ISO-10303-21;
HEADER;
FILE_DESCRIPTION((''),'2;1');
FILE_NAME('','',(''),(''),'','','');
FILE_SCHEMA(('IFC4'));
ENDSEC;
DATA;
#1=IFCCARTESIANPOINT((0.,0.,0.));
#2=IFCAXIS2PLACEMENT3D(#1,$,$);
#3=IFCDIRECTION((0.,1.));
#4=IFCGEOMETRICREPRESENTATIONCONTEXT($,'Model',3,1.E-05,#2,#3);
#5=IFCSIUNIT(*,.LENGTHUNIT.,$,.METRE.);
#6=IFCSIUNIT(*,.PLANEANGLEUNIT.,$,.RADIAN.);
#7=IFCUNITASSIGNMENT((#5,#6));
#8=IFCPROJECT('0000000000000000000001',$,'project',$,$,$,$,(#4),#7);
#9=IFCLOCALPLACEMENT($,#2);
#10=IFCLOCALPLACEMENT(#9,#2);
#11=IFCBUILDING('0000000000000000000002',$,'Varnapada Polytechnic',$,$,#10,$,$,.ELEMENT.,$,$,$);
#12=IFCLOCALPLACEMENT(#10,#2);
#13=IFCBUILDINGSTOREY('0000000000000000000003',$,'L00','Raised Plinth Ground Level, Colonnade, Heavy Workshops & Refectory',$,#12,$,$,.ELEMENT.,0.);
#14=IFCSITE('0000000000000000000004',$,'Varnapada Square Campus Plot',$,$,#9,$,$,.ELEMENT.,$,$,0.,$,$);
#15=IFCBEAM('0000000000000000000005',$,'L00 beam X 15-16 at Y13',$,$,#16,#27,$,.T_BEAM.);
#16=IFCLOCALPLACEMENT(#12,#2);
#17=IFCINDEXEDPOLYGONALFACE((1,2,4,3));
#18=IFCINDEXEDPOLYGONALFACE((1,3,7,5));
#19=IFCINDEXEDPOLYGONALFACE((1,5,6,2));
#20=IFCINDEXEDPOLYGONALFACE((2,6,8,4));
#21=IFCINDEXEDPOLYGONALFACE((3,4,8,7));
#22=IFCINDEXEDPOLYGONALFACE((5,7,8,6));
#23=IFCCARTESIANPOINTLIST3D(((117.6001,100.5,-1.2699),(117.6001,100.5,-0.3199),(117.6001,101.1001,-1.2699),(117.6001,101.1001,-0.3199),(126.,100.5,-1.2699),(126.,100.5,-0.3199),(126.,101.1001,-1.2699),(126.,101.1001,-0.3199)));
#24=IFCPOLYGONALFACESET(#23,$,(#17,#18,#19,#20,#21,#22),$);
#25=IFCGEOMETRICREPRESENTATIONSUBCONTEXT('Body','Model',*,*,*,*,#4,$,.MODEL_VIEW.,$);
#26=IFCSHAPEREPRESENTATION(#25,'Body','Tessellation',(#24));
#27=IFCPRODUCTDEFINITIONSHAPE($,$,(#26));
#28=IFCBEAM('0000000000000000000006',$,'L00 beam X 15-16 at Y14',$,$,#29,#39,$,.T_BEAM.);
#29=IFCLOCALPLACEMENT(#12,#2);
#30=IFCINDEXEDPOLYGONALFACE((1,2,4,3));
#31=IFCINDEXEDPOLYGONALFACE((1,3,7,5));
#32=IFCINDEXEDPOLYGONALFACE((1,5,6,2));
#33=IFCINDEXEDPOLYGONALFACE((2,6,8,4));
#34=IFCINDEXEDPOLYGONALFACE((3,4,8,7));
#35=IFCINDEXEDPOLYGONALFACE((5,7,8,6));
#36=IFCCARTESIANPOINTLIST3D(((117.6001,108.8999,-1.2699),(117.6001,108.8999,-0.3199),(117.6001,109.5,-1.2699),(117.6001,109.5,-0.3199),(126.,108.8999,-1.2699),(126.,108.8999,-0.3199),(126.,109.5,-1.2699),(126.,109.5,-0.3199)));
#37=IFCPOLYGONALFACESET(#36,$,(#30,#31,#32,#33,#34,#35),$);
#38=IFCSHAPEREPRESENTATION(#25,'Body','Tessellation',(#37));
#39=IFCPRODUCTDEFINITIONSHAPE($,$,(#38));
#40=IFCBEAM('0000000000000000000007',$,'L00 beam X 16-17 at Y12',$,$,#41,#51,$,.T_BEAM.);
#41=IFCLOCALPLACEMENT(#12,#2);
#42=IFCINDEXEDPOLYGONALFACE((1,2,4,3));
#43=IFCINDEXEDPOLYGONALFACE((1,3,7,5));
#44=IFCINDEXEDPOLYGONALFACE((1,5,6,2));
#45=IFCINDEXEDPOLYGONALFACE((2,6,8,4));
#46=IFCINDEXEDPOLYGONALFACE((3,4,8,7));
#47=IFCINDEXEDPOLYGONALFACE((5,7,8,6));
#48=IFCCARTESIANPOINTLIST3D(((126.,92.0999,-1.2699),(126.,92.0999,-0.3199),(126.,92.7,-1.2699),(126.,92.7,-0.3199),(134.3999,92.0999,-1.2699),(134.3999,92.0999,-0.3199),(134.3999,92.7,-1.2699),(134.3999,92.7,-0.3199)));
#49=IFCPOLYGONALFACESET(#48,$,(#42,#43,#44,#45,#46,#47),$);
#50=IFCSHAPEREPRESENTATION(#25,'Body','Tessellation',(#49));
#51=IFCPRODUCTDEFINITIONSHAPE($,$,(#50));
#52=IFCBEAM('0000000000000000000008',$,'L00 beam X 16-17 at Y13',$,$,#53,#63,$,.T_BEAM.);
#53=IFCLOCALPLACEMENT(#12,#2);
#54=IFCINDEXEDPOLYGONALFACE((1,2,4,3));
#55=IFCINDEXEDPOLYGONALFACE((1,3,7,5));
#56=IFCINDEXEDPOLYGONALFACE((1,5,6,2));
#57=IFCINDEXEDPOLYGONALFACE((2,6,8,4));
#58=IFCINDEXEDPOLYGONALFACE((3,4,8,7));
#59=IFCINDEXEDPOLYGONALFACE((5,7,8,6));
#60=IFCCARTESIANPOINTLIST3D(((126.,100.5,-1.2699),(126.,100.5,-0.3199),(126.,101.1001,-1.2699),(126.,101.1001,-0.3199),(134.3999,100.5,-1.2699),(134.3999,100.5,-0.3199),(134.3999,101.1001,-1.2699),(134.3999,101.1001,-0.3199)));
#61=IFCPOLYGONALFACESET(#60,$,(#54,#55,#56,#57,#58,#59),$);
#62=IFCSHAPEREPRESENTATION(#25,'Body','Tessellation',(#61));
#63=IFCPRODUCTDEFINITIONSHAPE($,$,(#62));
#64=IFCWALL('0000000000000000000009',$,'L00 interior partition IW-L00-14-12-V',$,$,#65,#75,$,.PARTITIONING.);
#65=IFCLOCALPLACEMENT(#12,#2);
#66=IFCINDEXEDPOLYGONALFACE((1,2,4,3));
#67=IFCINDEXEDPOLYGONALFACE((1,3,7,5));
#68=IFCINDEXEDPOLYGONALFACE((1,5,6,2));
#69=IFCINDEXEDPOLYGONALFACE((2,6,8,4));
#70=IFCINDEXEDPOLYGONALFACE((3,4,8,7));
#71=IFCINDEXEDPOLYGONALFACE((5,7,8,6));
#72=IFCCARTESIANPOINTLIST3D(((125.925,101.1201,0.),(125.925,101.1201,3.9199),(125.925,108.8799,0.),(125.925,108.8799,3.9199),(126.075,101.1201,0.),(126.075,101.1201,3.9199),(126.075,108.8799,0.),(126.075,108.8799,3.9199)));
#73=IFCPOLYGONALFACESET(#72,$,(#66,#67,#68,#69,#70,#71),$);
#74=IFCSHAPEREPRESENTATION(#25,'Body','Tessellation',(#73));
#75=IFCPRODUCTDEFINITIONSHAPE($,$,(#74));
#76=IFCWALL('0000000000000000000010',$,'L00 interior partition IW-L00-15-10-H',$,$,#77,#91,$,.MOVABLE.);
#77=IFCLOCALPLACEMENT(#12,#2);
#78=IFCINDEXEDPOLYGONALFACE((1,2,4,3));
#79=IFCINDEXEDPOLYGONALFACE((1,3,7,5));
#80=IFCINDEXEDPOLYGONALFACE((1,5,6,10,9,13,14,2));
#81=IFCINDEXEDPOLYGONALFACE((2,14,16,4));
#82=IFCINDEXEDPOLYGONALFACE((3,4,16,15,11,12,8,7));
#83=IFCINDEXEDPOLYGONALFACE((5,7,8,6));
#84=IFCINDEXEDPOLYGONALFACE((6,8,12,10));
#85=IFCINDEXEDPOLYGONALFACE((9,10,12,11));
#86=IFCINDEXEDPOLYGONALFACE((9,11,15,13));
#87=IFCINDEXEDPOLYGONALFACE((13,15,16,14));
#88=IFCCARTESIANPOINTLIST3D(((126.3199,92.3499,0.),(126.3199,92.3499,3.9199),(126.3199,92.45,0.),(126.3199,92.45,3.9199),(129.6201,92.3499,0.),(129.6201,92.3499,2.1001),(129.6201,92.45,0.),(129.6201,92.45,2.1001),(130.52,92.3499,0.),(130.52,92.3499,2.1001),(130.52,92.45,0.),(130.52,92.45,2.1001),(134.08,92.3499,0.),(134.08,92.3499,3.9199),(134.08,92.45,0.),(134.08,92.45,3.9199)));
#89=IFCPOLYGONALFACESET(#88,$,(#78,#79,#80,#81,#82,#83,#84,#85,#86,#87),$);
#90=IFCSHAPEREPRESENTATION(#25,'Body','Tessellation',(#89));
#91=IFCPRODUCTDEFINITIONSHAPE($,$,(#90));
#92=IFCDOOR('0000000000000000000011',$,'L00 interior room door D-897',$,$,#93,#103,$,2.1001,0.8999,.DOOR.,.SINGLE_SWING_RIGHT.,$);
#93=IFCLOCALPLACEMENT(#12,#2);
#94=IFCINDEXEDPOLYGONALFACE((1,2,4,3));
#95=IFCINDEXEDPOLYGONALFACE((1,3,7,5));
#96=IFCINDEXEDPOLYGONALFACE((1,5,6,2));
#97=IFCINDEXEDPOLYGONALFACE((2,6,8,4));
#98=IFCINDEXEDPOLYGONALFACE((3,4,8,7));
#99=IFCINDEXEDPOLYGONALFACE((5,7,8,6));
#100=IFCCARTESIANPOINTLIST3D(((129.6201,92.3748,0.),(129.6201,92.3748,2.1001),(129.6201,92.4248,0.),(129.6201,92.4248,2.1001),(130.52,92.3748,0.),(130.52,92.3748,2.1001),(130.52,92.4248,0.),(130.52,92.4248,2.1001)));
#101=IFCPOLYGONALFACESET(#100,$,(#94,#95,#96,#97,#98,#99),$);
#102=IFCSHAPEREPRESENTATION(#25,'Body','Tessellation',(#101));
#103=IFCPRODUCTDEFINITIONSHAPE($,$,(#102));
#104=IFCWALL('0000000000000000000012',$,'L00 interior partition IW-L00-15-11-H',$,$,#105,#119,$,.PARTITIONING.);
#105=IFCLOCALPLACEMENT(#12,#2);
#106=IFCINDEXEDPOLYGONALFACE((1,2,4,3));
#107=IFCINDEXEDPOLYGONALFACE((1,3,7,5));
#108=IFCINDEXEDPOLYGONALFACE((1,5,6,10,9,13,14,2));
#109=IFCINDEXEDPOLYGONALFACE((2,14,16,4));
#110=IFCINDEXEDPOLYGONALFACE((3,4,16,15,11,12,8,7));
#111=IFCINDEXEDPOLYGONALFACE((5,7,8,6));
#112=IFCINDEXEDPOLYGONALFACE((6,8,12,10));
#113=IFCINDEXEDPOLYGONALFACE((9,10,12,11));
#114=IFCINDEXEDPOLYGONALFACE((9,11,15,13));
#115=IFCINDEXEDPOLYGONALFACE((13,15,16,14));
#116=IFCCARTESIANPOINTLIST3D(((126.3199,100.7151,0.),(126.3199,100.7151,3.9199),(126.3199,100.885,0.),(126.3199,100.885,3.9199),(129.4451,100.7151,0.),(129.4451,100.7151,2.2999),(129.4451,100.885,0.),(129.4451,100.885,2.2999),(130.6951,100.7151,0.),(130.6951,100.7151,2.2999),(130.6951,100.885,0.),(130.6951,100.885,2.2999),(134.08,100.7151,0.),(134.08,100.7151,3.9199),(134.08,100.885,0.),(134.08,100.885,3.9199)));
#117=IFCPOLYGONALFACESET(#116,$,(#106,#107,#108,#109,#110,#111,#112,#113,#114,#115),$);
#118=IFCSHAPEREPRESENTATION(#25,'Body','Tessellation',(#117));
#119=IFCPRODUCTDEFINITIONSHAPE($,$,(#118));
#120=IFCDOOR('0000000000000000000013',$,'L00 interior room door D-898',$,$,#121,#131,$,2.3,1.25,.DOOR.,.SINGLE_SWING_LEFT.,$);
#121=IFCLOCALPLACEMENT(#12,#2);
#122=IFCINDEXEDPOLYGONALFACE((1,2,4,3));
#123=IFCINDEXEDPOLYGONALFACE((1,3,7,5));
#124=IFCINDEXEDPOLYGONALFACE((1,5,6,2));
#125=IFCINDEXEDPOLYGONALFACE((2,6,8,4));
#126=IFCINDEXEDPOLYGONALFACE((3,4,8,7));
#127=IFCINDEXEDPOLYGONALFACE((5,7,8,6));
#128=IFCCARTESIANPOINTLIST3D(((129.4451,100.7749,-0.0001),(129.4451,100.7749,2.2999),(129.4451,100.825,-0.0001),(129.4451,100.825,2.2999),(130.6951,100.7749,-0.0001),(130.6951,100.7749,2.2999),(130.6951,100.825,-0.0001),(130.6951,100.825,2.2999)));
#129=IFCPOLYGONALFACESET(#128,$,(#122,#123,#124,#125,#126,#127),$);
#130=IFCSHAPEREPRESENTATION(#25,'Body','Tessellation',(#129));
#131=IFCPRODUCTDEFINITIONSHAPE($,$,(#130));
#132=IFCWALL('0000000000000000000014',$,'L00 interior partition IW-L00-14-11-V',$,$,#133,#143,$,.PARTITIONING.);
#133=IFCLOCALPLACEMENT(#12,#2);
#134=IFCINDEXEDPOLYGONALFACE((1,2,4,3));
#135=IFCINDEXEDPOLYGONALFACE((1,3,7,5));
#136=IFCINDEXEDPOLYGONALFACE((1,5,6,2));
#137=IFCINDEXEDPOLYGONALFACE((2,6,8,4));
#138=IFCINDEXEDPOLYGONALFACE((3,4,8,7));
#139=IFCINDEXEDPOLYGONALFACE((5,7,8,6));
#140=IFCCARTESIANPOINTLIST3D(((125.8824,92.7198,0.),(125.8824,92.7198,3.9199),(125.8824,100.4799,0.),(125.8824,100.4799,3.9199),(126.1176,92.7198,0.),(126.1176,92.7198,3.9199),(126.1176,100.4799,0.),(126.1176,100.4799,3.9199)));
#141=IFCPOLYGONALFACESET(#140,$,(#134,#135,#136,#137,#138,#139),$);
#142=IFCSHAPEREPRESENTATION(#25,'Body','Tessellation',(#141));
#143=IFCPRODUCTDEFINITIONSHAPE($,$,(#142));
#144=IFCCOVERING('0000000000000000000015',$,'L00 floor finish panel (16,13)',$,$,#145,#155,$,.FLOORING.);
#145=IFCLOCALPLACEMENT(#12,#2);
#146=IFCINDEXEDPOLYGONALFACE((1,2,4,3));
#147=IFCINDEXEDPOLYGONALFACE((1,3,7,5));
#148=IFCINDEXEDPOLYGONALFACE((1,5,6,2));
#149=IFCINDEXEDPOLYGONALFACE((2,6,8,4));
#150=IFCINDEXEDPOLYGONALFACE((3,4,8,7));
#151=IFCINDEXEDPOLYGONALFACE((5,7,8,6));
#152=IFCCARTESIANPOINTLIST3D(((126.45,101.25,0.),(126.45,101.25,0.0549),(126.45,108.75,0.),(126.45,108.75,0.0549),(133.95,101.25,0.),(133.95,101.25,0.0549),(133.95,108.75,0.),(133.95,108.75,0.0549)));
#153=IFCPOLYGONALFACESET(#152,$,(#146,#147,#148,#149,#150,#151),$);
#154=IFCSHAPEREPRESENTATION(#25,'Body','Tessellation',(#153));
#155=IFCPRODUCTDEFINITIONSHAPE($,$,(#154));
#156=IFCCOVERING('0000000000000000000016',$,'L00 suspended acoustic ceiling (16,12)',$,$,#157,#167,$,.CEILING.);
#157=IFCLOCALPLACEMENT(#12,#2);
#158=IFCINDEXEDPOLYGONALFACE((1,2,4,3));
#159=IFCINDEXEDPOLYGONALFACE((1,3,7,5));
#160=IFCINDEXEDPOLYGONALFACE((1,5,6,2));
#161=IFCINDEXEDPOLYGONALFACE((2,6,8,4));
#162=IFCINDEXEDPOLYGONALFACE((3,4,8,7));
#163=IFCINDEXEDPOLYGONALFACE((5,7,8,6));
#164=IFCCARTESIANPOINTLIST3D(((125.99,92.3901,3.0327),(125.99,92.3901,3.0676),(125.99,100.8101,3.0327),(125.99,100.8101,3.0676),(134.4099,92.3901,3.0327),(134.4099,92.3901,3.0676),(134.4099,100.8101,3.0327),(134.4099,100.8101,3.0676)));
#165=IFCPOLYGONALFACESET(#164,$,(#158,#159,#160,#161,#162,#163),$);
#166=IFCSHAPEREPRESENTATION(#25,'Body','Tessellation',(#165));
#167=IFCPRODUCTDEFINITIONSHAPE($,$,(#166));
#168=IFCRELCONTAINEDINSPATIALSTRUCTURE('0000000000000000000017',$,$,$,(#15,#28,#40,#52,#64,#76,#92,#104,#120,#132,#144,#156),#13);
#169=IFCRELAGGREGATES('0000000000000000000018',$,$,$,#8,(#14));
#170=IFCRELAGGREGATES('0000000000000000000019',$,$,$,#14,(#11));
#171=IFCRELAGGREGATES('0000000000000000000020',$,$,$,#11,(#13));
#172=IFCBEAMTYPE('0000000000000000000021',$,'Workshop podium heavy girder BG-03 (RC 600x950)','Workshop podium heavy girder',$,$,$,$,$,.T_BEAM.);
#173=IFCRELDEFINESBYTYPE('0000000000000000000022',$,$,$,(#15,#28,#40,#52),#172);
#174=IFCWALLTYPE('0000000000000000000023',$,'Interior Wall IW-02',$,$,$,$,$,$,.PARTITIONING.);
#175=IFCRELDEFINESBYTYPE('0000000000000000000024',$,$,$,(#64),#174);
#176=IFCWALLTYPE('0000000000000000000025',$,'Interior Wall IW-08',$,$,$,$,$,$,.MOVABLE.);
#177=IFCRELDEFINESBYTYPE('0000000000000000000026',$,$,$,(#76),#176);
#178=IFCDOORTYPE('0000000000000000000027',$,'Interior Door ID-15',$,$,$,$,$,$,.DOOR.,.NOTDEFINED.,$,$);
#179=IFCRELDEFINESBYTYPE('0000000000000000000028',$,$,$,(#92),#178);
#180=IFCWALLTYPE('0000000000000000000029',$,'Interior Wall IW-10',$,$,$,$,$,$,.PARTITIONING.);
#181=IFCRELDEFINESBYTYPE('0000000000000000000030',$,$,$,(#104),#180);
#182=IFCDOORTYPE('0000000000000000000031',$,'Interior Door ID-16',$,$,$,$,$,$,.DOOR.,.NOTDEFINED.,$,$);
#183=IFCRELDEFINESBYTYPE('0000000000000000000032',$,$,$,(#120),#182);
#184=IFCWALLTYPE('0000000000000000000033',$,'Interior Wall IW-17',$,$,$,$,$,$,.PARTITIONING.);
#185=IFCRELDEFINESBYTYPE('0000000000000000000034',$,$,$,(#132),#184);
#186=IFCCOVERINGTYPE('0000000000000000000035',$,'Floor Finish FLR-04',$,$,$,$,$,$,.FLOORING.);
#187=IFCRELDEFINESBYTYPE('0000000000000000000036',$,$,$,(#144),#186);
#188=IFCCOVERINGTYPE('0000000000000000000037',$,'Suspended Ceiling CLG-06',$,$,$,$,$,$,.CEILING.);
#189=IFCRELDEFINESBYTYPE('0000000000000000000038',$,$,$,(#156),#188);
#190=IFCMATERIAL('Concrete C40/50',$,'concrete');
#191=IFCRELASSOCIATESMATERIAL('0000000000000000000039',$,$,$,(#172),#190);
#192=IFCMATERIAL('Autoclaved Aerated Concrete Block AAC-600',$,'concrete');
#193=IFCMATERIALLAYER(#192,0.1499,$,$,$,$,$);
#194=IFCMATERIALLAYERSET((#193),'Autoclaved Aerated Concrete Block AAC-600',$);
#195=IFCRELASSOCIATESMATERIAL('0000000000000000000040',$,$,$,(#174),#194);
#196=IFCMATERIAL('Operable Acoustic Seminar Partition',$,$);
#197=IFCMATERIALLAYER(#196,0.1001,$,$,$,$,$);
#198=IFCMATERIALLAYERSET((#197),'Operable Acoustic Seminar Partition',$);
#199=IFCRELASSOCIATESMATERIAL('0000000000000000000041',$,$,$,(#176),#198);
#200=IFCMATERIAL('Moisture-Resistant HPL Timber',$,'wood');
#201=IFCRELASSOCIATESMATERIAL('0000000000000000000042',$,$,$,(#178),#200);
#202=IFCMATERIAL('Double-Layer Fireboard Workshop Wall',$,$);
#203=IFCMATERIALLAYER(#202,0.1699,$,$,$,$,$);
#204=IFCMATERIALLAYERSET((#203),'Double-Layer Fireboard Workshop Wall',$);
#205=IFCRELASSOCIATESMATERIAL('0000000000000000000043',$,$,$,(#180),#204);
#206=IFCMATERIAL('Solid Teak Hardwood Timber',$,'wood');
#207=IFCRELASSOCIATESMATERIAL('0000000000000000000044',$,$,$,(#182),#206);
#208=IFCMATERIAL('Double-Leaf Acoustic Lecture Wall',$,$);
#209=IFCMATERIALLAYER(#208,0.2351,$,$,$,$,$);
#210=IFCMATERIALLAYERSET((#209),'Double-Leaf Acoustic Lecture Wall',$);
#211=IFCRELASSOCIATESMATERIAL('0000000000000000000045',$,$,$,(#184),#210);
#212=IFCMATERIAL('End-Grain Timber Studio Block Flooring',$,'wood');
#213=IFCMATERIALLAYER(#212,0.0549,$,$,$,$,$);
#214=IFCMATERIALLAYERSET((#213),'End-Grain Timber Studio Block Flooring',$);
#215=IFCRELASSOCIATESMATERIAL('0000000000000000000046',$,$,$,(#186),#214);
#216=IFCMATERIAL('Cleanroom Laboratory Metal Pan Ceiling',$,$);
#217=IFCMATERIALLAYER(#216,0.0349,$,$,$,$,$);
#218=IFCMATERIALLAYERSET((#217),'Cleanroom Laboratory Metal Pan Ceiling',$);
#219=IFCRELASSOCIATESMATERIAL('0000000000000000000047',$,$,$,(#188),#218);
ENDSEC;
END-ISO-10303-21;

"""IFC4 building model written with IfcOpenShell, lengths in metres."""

from ifc_helpers import new_model, si_unit, direction, frame, frame_2d, origin, origin_2d, place, context, subcontext, project, spatial, rectangle, extrude, material, layer, layer_set, material_profile, profile_set, type_object, element, fill, save


model = new_model("IFC4")

# Units and contexts
model_context = context("Model", 3, precision=1e-05, world=origin(), true_north=direction((0.0, 1.0)))
body_context = subcontext(model_context, "Body", "Model", "MODEL_VIEW")
ifc_project = project(units=[si_unit("LENGTHUNIT", "METRE"), si_unit("PLANEANGLEUNIT", "RADIAN")], contexts=[model_context])

# Site, building, storey
site_placement = place(None, origin())
site = spatial("IfcSite", under=ifc_project, at=site_placement, Name="Varnapada Square Campus Plot", CompositionType="ELEMENT", RefElevation=0.0)
building_placement = place(site_placement, origin())
building = spatial("IfcBuilding", under=site, at=building_placement, Name="Varnapada Polytechnic", CompositionType="ELEMENT")
storey_placement = place(building_placement, origin())
storey = spatial("IfcBuildingStorey", under=building, at=storey_placement, Name="L00", Description="Raised Plinth Ground Level, Colonnade, Heavy Workshops & Refectory", CompositionType="ELEMENT", Elevation=0.0)

# Shared definitions
ifc_material_1 = material(Name="Concrete C40/50", Category="concrete")

# Beams
ifc_material_profile_1 = material_profile(ifc_material_1, rectangle(XDim=0.6001, YDim=0.95, at=origin_2d()), Name="RC 600x950")
ifc_profile_set_1 = profile_set([ifc_material_profile_1], Name="Concrete C40/50")
beam_type_1 = type_object("IfcBeamType", Name="Workshop podium heavy girder BG-03 (RC 600x950)", Description="Workshop podium heavy girder", PredefinedType="T_BEAM", material=ifc_profile_set_1)
for number, where, z_axis, x_axis, name in (
    (1, (117.6001, 100.8, -0.7949), (1.0, 0.0, 0.0), (0.0, 1.0, 0.0), "L00 beam X 15-16 at Y13"),
    (2, (117.6001, 109.2, -0.7949), (1.0, 0.0, 0.0), (0.0, 1.0, 0.0), "L00 beam X 15-16 at Y14"),
    (3, (126.0, 92.3999, -0.7949), (1.0, 0.0, 0.0), (0.0, 1.0, 0.0), "L00 beam X 16-17 at Y12"),
    (4, (126.0, 100.8, -0.7949), (1.0, 0.0, 0.0), (0.0, 1.0, 0.0), "L00 beam X 16-17 at Y13"),
):
    element("IfcBeam", number, at=place(storey_placement, frame(where, z_axis=z_axis, x_axis=x_axis)), inside=storey, type_object=beam_type_1, Name=name, PredefinedType="T_BEAM", context=body_context, shape_type="SweptSolid", body=[
        extrude(rectangle(XDim=0.6001, YDim=0.95, at=origin_2d()), origin(), (0.0, 0.0, 1.0), 8.3999),
    ])

# Wall
ifc_material_2 = material(Name="Autoclaved Aerated Concrete Block AAC-600", Category="concrete")
ifc_layer_1 = layer(ifc_material_2, 0.1499)
ifc_layer_set_1 = layer_set([ifc_layer_1], Name="Autoclaved Aerated Concrete Block AAC-600")
wall_type_1 = type_object("IfcWallType", Name="Interior Wall IW-02", PredefinedType="PARTITIONING", material=ifc_layer_set_1)
wall_1_placement = place(storey_placement, frame((126.0, 101.1201, 0.0), z_axis=(0.0, 0.0, 1.0), x_axis=(0.0, 1.0, 0.0)))
element("IfcWall", 5, at=wall_1_placement, inside=storey, type_object=wall_type_1, Name="L00 interior partition IW-L00-14-12-V", PredefinedType="PARTITIONING", context=body_context, shape_type="SweptSolid", body=[
    extrude(rectangle(XDim=7.7598, YDim=0.1499, at=frame_2d((3.8799, 0.0))), origin(), (0.0, 0.0, 1.0), 3.9199),
])

# Walls, openings, doors
ifc_material_3 = material(Name="Operable Acoustic Seminar Partition")
ifc_layer_2 = layer(ifc_material_3, 0.1001)
ifc_layer_set_2 = layer_set([ifc_layer_2], Name="Operable Acoustic Seminar Partition")
wall_type_2 = type_object("IfcWallType", Name="Interior Wall IW-08", PredefinedType="MOVABLE", material=ifc_layer_set_2)
wall_2_placement = place(storey_placement, frame((126.3201, 92.3999, 0.0), z_axis=(0.0, 0.0, 1.0), x_axis=(1.0, 0.0, 0.0)))
wall_2 = element("IfcWall", 6, at=wall_2_placement, inside=storey, type_object=wall_type_2, Name="L00 interior partition IW-L00-15-10-H", PredefinedType="MOVABLE", context=body_context, shape_type="SweptSolid", body=[
    extrude(rectangle(XDim=7.76, YDim=0.1001, at=frame_2d((3.8799, 0.0))), origin(), (0.0, 0.0, 1.0), 3.9199),
])
opening_1_placement = place(wall_2_placement, frame((3.3, 0.0, 0.0)))
opening_1 = element("IfcOpeningElement", 7, at=opening_1_placement, cuts=wall_2, PredefinedType="OPENING", context=body_context, shape_type="SweptSolid", body=[
    extrude(rectangle(XDim=0.8999, YDim=2.1001, at=frame_2d((0.45, 1.05))), frame((0.0, 0.0601, 0.0), z_axis=(0.0, -1.0, 0.0), x_axis=(1.0, 0.0, 0.0)), (0.0, 0.0, 1.0), 0.1201),
])
ifc_material_4 = material(Name="Moisture-Resistant HPL Timber", Category="wood")
door_type_1 = type_object("IfcDoorType", Name="Interior Door ID-15", OperationType="NOTDEFINED", PredefinedType="DOOR", material=ifc_material_4)
door_1_placement = place(opening_1_placement, origin())
door_1 = element("IfcDoor", 8, at=door_1_placement, inside=storey, type_object=door_type_1, Name="L00 interior room door D-897", OperationType="SINGLE_SWING_RIGHT", OverallHeight=2.1001, OverallWidth=0.8999, PredefinedType="DOOR", context=body_context, shape_type="SweptSolid", body=[
    extrude(rectangle(XDim=0.8999, YDim=2.1001, at=frame_2d((0.45, 1.05))), frame((0.0, 0.0249, 0.0), z_axis=(0.0, -1.0, 0.0), x_axis=(1.0, 0.0, 0.0)), (0.0, 0.0, 1.0), 0.05),
])
fill(opening_1, door_1)
ifc_material_5 = material(Name="Double-Layer Fireboard Workshop Wall")
ifc_layer_3 = layer(ifc_material_5, 0.1699)
ifc_layer_set_3 = layer_set([ifc_layer_3], Name="Double-Layer Fireboard Workshop Wall")
wall_type_3 = type_object("IfcWallType", Name="Interior Wall IW-10", PredefinedType="PARTITIONING", material=ifc_layer_set_3)
wall_3_placement = place(storey_placement, frame((126.3201, 100.8, 0.0), z_axis=(0.0, 0.0, 1.0), x_axis=(1.0, 0.0, 0.0)))
wall_3 = element("IfcWall", 9, at=wall_3_placement, inside=storey, type_object=wall_type_3, Name="L00 interior partition IW-L00-15-11-H", PredefinedType="PARTITIONING", context=body_context, shape_type="SweptSolid", body=[
    extrude(rectangle(XDim=7.76, YDim=0.1699, at=frame_2d((3.8799, 0.0))), origin(), (0.0, 0.0, 1.0), 3.9199),
])
opening_2_placement = place(wall_3_placement, frame((3.125, 0.0, 0.0)))
opening_2 = element("IfcOpeningElement", 10, at=opening_2_placement, cuts=wall_3, PredefinedType="OPENING", context=body_context, shape_type="SweptSolid", body=[
    extrude(rectangle(XDim=1.25, YDim=2.3, at=frame_2d((0.625, 1.1499))), frame((0.0, 0.095, 0.0), z_axis=(0.0, -1.0, 0.0), x_axis=(1.0, 0.0, 0.0)), (0.0, 0.0, 1.0), 0.1899),
])
ifc_material_6 = material(Name="Solid Teak Hardwood Timber", Category="wood")
door_type_2 = type_object("IfcDoorType", Name="Interior Door ID-16", OperationType="NOTDEFINED", PredefinedType="DOOR", material=ifc_material_6)
door_2_placement = place(opening_2_placement, origin())
door_2 = element("IfcDoor", 11, at=door_2_placement, inside=storey, type_object=door_type_2, Name="L00 interior room door D-898", OperationType="SINGLE_SWING_LEFT", OverallHeight=2.3, OverallWidth=1.25, PredefinedType="DOOR", context=body_context, shape_type="SweptSolid", body=[
    extrude(rectangle(XDim=1.25, YDim=2.3, at=frame_2d((0.625, 1.1499))), frame((0.0, 0.0249, 0.0), z_axis=(0.0, -1.0, 0.0), x_axis=(1.0, 0.0, 0.0)), (0.0, 0.0, 1.0), 0.05),
])
fill(opening_2, door_2)

# Wall
ifc_material_7 = material(Name="Double-Leaf Acoustic Lecture Wall")
ifc_layer_4 = layer(ifc_material_7, 0.2351)
ifc_layer_set_4 = layer_set([ifc_layer_4], Name="Double-Leaf Acoustic Lecture Wall")
wall_type_4 = type_object("IfcWallType", Name="Interior Wall IW-17", PredefinedType="PARTITIONING", material=ifc_layer_set_4)
wall_4_placement = place(storey_placement, frame((126.0, 92.72, 0.0), z_axis=(0.0, 0.0, 1.0), x_axis=(0.0, 1.0, 0.0)))
element("IfcWall", 12, at=wall_4_placement, inside=storey, type_object=wall_type_4, Name="L00 interior partition IW-L00-14-11-V", PredefinedType="PARTITIONING", context=body_context, shape_type="SweptSolid", body=[
    extrude(rectangle(XDim=7.76, YDim=0.2351, at=frame_2d((3.8799, 0.0))), origin(), (0.0, 0.0, 1.0), 3.9199),
])

# Coverings
ifc_material_8 = material(Name="End-Grain Timber Studio Block Flooring", Category="wood")
ifc_layer_5 = layer(ifc_material_8, 0.0549)
ifc_layer_set_5 = layer_set([ifc_layer_5], Name="End-Grain Timber Studio Block Flooring")
covering_type_1 = type_object("IfcCoveringType", Name="Floor Finish FLR-04", PredefinedType="FLOORING", material=ifc_layer_set_5)
covering_1_placement = place(storey_placement, frame((130.2, 105.0, 0.0), z_axis=(0.0, 0.0, 1.0), x_axis=(1.0, 0.0, 0.0)))
element("IfcCovering", 13, at=covering_1_placement, inside=storey, type_object=covering_type_1, Name="L00 floor finish panel (16,13)", PredefinedType="FLOORING", context=body_context, shape_type="SweptSolid", body=[
    extrude(rectangle(XDim=7.5, YDim=7.5, at=origin_2d()), origin(), (0.0, 0.0, 1.0), 0.0549),
])
ifc_material_9 = material(Name="Cleanroom Laboratory Metal Pan Ceiling")
ifc_layer_6 = layer(ifc_material_9, 0.0349)
ifc_layer_set_6 = layer_set([ifc_layer_6], Name="Cleanroom Laboratory Metal Pan Ceiling")
covering_type_2 = type_object("IfcCoveringType", Name="Suspended Ceiling CLG-06", PredefinedType="CEILING", material=ifc_layer_set_6)
covering_2_placement = place(storey_placement, frame((130.2, 96.6001, 3.0327), z_axis=(0.0, 0.0, 1.0), x_axis=(1.0, 0.0, 0.0)))
element("IfcCovering", 14, at=covering_2_placement, inside=storey, type_object=covering_type_2, Name="L00 suspended acoustic ceiling (16,12)", PredefinedType="CEILING", context=body_context, shape_type="SweptSolid", body=[
    extrude(rectangle(XDim=8.4199, YDim=8.4199, at=origin_2d()), origin(), (0.0, 0.0, 1.0), 0.0349),
])

save(model, "model.ifc")
